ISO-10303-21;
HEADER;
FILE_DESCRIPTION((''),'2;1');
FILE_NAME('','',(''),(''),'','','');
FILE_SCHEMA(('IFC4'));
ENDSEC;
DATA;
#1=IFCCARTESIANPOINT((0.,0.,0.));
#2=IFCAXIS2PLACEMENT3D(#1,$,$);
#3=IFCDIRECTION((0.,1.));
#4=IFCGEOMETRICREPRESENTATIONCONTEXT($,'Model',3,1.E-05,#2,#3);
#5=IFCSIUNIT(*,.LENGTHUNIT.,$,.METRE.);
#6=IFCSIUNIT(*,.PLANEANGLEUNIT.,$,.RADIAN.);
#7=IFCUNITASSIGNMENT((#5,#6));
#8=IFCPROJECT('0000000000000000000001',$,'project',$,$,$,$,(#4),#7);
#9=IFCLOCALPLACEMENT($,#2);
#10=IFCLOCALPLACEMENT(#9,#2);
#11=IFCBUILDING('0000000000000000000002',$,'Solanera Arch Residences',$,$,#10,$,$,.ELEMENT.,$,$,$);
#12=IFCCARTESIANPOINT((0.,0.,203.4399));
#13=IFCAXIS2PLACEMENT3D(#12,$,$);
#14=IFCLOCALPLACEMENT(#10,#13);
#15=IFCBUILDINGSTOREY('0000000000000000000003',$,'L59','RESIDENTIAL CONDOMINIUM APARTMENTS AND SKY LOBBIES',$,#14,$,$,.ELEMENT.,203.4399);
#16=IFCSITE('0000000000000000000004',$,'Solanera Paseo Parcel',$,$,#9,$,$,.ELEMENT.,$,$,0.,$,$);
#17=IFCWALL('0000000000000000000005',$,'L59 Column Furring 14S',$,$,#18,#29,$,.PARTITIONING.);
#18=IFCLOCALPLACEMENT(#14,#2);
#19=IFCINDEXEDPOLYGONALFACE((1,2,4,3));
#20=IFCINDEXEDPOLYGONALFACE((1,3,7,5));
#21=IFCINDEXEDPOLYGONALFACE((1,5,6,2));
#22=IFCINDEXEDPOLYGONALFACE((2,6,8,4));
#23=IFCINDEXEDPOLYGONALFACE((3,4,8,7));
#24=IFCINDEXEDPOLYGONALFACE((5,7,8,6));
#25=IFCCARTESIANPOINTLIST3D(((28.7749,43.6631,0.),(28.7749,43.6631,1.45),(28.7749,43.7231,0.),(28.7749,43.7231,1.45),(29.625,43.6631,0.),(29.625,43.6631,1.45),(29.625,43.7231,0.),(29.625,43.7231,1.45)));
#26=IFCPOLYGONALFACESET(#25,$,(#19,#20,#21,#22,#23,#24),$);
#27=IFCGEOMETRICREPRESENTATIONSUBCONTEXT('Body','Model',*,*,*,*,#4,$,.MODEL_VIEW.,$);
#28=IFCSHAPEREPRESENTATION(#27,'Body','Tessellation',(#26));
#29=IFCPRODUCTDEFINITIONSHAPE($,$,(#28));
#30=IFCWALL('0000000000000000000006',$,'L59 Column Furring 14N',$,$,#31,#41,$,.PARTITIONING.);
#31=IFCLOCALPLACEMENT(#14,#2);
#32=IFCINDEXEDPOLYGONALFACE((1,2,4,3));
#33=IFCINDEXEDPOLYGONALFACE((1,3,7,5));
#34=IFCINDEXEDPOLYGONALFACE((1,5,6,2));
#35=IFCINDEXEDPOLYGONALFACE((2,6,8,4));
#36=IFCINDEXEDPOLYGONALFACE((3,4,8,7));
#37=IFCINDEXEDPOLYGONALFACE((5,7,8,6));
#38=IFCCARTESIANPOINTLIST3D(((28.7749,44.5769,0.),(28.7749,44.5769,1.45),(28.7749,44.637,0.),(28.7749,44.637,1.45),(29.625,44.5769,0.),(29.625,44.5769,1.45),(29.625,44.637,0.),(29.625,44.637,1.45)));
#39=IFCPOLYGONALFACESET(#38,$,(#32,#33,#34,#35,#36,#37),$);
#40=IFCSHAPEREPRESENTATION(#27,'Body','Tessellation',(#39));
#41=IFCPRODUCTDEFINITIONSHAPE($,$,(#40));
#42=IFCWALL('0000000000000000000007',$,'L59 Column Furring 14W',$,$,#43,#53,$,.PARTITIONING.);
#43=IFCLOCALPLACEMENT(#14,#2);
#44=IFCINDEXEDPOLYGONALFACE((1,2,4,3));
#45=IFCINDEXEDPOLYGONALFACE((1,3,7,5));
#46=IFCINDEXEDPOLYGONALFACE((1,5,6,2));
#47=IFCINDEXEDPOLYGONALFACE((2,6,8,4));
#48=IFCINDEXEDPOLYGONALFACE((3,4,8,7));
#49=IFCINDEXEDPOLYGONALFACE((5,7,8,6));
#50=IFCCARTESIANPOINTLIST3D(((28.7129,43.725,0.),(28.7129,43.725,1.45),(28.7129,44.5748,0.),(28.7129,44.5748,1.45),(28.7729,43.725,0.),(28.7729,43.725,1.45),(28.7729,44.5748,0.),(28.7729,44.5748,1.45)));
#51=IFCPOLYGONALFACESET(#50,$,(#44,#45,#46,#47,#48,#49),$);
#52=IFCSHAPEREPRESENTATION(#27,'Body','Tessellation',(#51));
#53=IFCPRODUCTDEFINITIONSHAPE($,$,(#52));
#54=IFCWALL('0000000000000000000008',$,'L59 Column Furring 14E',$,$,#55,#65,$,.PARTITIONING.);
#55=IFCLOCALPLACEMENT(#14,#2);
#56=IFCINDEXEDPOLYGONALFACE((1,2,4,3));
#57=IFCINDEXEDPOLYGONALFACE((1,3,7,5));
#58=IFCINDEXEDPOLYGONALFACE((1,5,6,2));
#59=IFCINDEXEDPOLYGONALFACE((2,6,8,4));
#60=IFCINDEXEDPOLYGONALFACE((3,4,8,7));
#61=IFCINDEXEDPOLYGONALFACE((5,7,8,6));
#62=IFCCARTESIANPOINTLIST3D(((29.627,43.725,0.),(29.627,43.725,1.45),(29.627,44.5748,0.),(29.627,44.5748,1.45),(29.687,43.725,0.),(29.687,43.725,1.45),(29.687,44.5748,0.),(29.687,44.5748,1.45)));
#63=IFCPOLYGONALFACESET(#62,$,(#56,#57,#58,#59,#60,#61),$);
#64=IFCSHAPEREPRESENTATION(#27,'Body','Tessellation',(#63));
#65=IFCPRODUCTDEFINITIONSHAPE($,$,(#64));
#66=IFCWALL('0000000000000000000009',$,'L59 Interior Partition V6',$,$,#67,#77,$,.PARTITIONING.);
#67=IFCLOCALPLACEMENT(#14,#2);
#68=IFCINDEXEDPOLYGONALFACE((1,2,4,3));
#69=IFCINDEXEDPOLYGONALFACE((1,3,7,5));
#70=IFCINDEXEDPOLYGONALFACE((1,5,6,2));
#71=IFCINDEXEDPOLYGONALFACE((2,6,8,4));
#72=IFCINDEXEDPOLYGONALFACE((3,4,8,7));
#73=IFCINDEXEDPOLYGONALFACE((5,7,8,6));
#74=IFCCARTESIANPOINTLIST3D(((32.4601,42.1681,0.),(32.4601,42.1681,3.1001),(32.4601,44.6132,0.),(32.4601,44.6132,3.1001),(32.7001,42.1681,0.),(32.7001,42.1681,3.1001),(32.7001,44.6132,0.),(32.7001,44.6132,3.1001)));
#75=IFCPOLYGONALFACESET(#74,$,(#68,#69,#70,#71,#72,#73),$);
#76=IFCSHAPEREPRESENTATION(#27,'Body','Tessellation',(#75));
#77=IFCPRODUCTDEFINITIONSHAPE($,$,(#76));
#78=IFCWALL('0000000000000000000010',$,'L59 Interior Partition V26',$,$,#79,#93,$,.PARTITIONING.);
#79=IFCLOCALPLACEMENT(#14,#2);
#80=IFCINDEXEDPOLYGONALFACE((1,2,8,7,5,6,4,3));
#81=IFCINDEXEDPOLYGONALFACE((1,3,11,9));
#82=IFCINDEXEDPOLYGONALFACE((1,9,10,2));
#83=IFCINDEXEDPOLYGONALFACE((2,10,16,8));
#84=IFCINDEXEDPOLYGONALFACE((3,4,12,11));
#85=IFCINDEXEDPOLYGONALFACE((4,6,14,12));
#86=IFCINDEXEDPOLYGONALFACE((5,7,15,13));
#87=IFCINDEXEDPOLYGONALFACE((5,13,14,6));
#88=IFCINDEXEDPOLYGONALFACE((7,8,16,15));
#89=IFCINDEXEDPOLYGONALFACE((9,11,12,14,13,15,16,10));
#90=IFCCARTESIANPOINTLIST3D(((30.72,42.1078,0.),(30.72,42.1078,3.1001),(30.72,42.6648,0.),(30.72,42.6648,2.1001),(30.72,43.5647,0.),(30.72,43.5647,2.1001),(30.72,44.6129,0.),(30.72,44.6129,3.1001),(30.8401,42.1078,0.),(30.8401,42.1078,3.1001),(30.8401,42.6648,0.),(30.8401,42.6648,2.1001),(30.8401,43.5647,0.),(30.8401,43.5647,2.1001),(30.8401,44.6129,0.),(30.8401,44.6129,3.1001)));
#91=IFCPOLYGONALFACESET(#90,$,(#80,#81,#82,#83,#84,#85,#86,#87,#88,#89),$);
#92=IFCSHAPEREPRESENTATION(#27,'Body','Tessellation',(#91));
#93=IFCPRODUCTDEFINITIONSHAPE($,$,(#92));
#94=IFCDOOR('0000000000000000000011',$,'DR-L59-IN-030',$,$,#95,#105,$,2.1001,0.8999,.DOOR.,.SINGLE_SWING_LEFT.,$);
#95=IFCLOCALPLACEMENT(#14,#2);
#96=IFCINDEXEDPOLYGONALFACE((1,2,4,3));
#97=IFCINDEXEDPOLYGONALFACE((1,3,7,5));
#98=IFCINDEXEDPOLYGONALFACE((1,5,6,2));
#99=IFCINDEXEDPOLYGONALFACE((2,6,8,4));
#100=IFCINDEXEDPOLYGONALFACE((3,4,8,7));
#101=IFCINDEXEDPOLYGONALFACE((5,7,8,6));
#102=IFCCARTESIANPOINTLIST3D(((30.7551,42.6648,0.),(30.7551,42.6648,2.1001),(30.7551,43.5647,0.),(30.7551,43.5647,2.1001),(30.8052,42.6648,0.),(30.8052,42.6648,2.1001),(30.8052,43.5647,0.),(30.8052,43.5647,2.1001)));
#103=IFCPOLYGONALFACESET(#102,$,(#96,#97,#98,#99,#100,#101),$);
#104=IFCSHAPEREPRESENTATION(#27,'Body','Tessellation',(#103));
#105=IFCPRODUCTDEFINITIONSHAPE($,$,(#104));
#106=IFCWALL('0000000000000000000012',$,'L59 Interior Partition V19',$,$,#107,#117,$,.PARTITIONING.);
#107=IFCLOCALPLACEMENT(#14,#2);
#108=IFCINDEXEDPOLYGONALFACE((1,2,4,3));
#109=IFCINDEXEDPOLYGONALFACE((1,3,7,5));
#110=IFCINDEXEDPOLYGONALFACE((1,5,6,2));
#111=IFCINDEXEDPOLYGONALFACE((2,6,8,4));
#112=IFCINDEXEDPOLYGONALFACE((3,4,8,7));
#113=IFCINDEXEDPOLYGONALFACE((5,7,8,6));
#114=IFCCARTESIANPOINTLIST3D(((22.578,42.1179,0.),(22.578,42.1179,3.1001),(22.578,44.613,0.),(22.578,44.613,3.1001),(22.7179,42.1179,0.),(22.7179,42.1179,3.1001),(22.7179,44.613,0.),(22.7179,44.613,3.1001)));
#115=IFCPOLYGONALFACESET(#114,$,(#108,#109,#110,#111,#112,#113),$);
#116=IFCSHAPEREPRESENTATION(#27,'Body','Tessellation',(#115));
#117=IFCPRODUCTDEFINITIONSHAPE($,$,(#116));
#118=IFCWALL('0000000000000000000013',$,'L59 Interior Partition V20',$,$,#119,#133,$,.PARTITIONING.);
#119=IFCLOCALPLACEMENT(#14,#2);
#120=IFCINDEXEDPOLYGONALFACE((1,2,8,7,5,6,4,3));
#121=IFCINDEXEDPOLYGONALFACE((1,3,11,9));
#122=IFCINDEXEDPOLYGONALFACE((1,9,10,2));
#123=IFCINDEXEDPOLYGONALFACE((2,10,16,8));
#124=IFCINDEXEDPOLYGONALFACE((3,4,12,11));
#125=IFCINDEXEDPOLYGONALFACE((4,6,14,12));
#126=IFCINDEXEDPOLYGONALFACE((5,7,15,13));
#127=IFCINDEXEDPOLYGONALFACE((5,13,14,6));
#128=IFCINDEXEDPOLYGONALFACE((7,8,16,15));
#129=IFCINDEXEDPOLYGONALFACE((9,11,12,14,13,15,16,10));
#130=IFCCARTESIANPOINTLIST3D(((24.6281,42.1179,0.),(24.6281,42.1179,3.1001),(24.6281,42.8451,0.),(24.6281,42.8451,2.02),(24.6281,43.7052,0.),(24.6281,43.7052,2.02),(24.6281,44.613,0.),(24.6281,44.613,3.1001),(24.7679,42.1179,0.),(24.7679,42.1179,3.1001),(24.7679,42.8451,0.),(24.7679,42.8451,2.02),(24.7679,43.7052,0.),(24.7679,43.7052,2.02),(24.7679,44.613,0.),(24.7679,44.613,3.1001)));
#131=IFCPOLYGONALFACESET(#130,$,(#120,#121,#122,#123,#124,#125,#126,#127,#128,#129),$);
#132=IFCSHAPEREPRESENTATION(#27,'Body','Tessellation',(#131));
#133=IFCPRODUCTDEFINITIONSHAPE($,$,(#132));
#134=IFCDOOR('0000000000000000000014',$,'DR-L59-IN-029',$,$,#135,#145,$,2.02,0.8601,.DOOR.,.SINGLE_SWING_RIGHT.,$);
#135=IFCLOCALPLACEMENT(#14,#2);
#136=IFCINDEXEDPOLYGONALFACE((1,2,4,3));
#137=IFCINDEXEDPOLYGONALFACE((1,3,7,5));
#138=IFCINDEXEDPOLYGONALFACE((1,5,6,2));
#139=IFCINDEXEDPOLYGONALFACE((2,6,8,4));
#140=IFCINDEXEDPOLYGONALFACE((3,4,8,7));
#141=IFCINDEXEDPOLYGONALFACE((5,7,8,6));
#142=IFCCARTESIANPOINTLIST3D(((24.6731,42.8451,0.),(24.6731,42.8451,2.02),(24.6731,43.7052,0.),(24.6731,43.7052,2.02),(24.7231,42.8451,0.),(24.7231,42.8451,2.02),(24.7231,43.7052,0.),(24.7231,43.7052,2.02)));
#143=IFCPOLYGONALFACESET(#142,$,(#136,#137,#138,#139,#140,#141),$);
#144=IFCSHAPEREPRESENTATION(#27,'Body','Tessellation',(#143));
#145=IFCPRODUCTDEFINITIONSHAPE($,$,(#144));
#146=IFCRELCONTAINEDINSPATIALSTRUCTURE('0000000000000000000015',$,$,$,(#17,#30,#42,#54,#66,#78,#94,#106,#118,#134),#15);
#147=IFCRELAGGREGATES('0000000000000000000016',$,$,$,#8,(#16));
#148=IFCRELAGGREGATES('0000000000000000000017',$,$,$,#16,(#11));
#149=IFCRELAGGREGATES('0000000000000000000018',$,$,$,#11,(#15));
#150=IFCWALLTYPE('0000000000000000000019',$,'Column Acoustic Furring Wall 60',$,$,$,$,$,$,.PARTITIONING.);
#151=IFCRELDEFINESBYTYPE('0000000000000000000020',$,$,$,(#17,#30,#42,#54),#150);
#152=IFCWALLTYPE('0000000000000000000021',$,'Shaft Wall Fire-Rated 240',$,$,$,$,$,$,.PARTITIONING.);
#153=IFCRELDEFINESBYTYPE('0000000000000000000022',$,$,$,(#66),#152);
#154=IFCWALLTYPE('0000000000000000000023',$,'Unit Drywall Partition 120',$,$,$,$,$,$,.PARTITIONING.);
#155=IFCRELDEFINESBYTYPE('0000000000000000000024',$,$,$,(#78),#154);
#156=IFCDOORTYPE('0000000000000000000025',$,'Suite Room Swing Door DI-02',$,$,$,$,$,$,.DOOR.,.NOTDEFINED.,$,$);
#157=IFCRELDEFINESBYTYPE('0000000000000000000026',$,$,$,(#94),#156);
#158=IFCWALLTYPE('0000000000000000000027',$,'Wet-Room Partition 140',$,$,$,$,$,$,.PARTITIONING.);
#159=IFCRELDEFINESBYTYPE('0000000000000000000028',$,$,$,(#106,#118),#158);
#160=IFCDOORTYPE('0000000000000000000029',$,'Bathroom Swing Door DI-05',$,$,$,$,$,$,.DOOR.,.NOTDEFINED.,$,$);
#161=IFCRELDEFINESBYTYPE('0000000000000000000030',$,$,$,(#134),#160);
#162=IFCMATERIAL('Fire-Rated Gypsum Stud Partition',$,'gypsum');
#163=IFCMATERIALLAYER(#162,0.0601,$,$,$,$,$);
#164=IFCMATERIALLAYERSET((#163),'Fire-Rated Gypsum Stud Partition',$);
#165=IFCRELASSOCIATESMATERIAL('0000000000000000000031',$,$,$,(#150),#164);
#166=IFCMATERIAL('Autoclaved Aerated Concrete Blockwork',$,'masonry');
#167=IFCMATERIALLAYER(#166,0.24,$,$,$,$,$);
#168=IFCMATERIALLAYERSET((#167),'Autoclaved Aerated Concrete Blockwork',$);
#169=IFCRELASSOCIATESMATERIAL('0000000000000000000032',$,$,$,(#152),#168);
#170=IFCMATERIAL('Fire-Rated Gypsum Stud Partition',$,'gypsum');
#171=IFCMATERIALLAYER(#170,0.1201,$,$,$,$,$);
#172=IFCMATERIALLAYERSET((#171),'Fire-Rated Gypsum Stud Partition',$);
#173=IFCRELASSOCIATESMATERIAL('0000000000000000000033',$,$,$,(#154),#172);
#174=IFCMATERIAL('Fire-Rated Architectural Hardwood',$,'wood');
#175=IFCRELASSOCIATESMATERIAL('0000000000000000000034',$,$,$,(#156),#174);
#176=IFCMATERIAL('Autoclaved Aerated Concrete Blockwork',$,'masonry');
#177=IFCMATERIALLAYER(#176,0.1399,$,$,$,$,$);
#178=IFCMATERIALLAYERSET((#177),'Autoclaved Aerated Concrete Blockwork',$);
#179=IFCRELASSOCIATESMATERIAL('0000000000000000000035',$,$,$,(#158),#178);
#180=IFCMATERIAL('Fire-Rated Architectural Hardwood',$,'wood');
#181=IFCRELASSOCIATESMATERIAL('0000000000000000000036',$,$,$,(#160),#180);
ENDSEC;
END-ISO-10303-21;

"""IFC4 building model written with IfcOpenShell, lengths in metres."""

from ifc_helpers import new_model, si_unit, direction, frame, frame_2d, origin, place, context, subcontext, project, spatial, rectangle, extrude, material, layer, layer_set, type_object, element, fill, save


model = new_model("IFC4")

# Units and contexts
model_context = context("Model", 3, precision=1e-05, world=origin(), true_north=direction((0.0, 1.0)))
body_context = subcontext(model_context, "Body", "Model", "MODEL_VIEW")
ifc_project = project(units=[si_unit("LENGTHUNIT", "METRE"), si_unit("PLANEANGLEUNIT", "RADIAN")], contexts=[model_context])

# Site, building, storey
site_placement = place(None, origin())
site = spatial("IfcSite", under=ifc_project, at=site_placement, Name="Solanera Paseo Parcel", CompositionType="ELEMENT", RefElevation=0.0)
building_placement = place(site_placement, origin())
building = spatial("IfcBuilding", under=site, at=building_placement, Name="Solanera Arch Residences", CompositionType="ELEMENT")
storey_placement = place(building_placement, frame((0.0, 0.0, 203.4399)))
storey = spatial("IfcBuildingStorey", under=building, at=storey_placement, Name="L59", Description="RESIDENTIAL CONDOMINIUM APARTMENTS AND SKY LOBBIES", CompositionType="ELEMENT", Elevation=203.4399)

# Walls
ifc_material_1 = material(Name="Fire-Rated Gypsum Stud Partition", Category="gypsum")
ifc_layer_1 = layer(ifc_material_1, 0.0601)
ifc_layer_set_1 = layer_set([ifc_layer_1], Name="Fire-Rated Gypsum Stud Partition")
wall_type_1 = type_object("IfcWallType", Name="Column Acoustic Furring Wall 60", PredefinedType="PARTITIONING", material=ifc_layer_set_1)
for number, where, z_axis, x_axis, name in (
    (1, (28.7749, 43.6931, 0.0), (0.0, 0.0, 1.0), (1.0, 0.0, 0.0), "L59 Column Furring 14S"),
    (2, (28.7749, 44.6069, 0.0), (0.0, 0.0, 1.0), (1.0, 0.0, 0.0), "L59 Column Furring 14N"),
):
    element("IfcWall", number, at=place(storey_placement, frame(where, z_axis=z_axis, x_axis=x_axis)), inside=storey, type_object=wall_type_1, Name=name, PredefinedType="PARTITIONING", context=body_context, shape_type="SweptSolid", body=[
        extrude(rectangle(XDim=0.8501, YDim=0.0601, at=frame_2d((0.425, 0.0))), origin(), (0.0, 0.0, 1.0), 1.45),
    ])
for number, where, z_axis, x_axis, name in (
    (3, (28.7429, 43.7251, 0.0), (0.0, 0.0, 1.0), (0.0, 1.0, 0.0), "L59 Column Furring 14W"),
    (4, (29.657, 43.7251, 0.0), (0.0, 0.0, 1.0), (0.0, 1.0, 0.0), "L59 Column Furring 14E"),
):
    element("IfcWall", number, at=place(storey_placement, frame(where, z_axis=z_axis, x_axis=x_axis)), inside=storey, type_object=wall_type_1, Name=name, PredefinedType="PARTITIONING", context=body_context, shape_type="SweptSolid", body=[
        extrude(rectangle(XDim=0.8499, YDim=0.0601, at=frame_2d((0.4248, 0.0))), origin(), (0.0, 0.0, 1.0), 1.45),
    ])
ifc_material_2 = material(Name="Autoclaved Aerated Concrete Blockwork", Category="masonry")
ifc_layer_2 = layer(ifc_material_2, 0.24)
ifc_layer_set_2 = layer_set([ifc_layer_2], Name="Autoclaved Aerated Concrete Blockwork")
wall_type_2 = type_object("IfcWallType", Name="Shaft Wall Fire-Rated 240", PredefinedType="PARTITIONING", material=ifc_layer_set_2)
wall_1_placement = place(storey_placement, frame((32.5801, 42.168, 0.0), z_axis=(0.0, 0.0, 1.0), x_axis=(0.0, 1.0, 0.0)))
element("IfcWall", 5, at=wall_1_placement, inside=storey, type_object=wall_type_2, Name="L59 Interior Partition V6", PredefinedType="PARTITIONING", context=body_context, shape_type="SweptSolid", body=[
    extrude(rectangle(XDim=2.4451, YDim=0.24, at=frame_2d((1.2227, 0.0))), origin(), (0.0, 0.0, 1.0), 3.1001),
])

# Wall, opening, door
ifc_material_3 = material(Name="Fire-Rated Gypsum Stud Partition", Category="gypsum")
ifc_layer_3 = layer(ifc_material_3, 0.1201)
ifc_layer_set_3 = layer_set([ifc_layer_3], Name="Fire-Rated Gypsum Stud Partition")
wall_type_3 = type_object("IfcWallType", Name="Unit Drywall Partition 120", PredefinedType="PARTITIONING", material=ifc_layer_set_3)
wall_2_placement = place(storey_placement, frame((30.78, 42.1079, 0.0), z_axis=(0.0, 0.0, 1.0), x_axis=(0.0, 1.0, 0.0)))
wall_2 = element("IfcWall", 6, at=wall_2_placement, inside=storey, type_object=wall_type_3, Name="L59 Interior Partition V26", PredefinedType="PARTITIONING", context=body_context, shape_type="SweptSolid", body=[
    extrude(rectangle(XDim=2.5051, YDim=0.1201, at=frame_2d((1.2524, 0.0))), origin(), (0.0, 0.0, 1.0), 3.1001),
])
opening_1_placement = place(wall_2_placement, frame((0.5569, 0.0, 0.0)))
opening_1 = element("IfcOpeningElement", 7, at=opening_1_placement, cuts=wall_2, PredefinedType="OPENING", context=body_context, shape_type="SweptSolid", body=[
    extrude(rectangle(XDim=0.8999, YDim=2.1001, at=frame_2d((0.45, 1.05))), frame((0.0, 0.0701, 0.0), z_axis=(0.0, -1.0, 0.0), x_axis=(1.0, 0.0, 0.0)), (0.0, 0.0, 1.0), 0.1401),
])
ifc_material_4 = material(Name="Fire-Rated Architectural Hardwood", Category="wood")
door_type_1 = type_object("IfcDoorType", Name="Suite Room Swing Door DI-02", OperationType="NOTDEFINED", PredefinedType="DOOR", material=ifc_material_4)
door_1_placement = place(opening_1_placement, origin())
door_1 = element("IfcDoor", 8, at=door_1_placement, inside=storey, type_object=door_type_1, Name="DR-L59-IN-030", OperationType="SINGLE_SWING_LEFT", OverallHeight=2.1001, OverallWidth=0.8999, PredefinedType="DOOR", context=body_context, shape_type="SweptSolid", body=[
    extrude(rectangle(XDim=0.8999, YDim=2.1001, at=frame_2d((0.45, 1.05))), frame((0.0, 0.0249, 0.0), z_axis=(0.0, -1.0, 0.0), x_axis=(1.0, 0.0, 0.0)), (0.0, 0.0, 1.0), 0.05),
])
fill(opening_1, door_1)

# Wall
ifc_material_5 = material(Name="Autoclaved Aerated Concrete Blockwork", Category="masonry")
ifc_layer_4 = layer(ifc_material_5, 0.1399)
ifc_layer_set_4 = layer_set([ifc_layer_4], Name="Autoclaved Aerated Concrete Blockwork")
wall_type_4 = type_object("IfcWallType", Name="Wet-Room Partition 140", PredefinedType="PARTITIONING", material=ifc_layer_set_4)
wall_3_placement = place(storey_placement, frame((22.6479, 42.1179, 0.0), z_axis=(0.0, 0.0, 1.0), x_axis=(0.0, 1.0, 0.0)))
element("IfcWall", 9, at=wall_3_placement, inside=storey, type_object=wall_type_4, Name="L59 Interior Partition V19", PredefinedType="PARTITIONING", context=body_context, shape_type="SweptSolid", body=[
    extrude(rectangle(XDim=2.4951, YDim=0.1399, at=frame_2d((1.2476, 0.0))), origin(), (0.0, 0.0, 1.0), 3.1001),
])

# Wall, opening, door
wall_4_placement = place(storey_placement, frame((24.698, 42.1179, 0.0), z_axis=(0.0, 0.0, 1.0), x_axis=(0.0, 1.0, 0.0)))
wall_4 = element("IfcWall", 10, at=wall_4_placement, inside=storey, type_object=wall_type_4, Name="L59 Interior Partition V20", PredefinedType="PARTITIONING", context=body_context, shape_type="SweptSolid", body=[
    extrude(rectangle(XDim=2.4951, YDim=0.1399, at=frame_2d((1.2476, 0.0))), origin(), (0.0, 0.0, 1.0), 3.1001),
])
opening_2_placement = place(wall_4_placement, frame((0.7271, 0.0, 0.0)))
opening_2 = element("IfcOpeningElement", 11, at=opening_2_placement, cuts=wall_4, PredefinedType="OPENING", context=body_context, shape_type="SweptSolid", body=[
    extrude(rectangle(XDim=0.8601, YDim=2.02, at=frame_2d((0.4302, 1.01))), frame((0.0, 0.0798, 0.0), z_axis=(0.0, -1.0, 0.0), x_axis=(1.0, 0.0, 0.0)), (0.0, 0.0, 1.0), 0.1599),
])
ifc_material_6 = material(Name="Fire-Rated Architectural Hardwood", Category="wood")
door_type_2 = type_object("IfcDoorType", Name="Bathroom Swing Door DI-05", OperationType="NOTDEFINED", PredefinedType="DOOR", material=ifc_material_6)
door_2_placement = place(opening_2_placement, origin())
door_2 = element("IfcDoor", 12, at=door_2_placement, inside=storey, type_object=door_type_2, Name="DR-L59-IN-029", OperationType="SINGLE_SWING_RIGHT", OverallHeight=2.02, OverallWidth=0.8601, PredefinedType="DOOR", context=body_context, shape_type="SweptSolid", body=[
    extrude(rectangle(XDim=0.8601, YDim=2.02, at=frame_2d((0.4302, 1.01))), frame((0.0, 0.0249, 0.0), z_axis=(0.0, -1.0, 0.0), x_axis=(1.0, 0.0, 0.0)), (0.0, 0.0, 1.0), 0.05),
])
fill(opening_2, door_2)

save(model, "model.ifc")
